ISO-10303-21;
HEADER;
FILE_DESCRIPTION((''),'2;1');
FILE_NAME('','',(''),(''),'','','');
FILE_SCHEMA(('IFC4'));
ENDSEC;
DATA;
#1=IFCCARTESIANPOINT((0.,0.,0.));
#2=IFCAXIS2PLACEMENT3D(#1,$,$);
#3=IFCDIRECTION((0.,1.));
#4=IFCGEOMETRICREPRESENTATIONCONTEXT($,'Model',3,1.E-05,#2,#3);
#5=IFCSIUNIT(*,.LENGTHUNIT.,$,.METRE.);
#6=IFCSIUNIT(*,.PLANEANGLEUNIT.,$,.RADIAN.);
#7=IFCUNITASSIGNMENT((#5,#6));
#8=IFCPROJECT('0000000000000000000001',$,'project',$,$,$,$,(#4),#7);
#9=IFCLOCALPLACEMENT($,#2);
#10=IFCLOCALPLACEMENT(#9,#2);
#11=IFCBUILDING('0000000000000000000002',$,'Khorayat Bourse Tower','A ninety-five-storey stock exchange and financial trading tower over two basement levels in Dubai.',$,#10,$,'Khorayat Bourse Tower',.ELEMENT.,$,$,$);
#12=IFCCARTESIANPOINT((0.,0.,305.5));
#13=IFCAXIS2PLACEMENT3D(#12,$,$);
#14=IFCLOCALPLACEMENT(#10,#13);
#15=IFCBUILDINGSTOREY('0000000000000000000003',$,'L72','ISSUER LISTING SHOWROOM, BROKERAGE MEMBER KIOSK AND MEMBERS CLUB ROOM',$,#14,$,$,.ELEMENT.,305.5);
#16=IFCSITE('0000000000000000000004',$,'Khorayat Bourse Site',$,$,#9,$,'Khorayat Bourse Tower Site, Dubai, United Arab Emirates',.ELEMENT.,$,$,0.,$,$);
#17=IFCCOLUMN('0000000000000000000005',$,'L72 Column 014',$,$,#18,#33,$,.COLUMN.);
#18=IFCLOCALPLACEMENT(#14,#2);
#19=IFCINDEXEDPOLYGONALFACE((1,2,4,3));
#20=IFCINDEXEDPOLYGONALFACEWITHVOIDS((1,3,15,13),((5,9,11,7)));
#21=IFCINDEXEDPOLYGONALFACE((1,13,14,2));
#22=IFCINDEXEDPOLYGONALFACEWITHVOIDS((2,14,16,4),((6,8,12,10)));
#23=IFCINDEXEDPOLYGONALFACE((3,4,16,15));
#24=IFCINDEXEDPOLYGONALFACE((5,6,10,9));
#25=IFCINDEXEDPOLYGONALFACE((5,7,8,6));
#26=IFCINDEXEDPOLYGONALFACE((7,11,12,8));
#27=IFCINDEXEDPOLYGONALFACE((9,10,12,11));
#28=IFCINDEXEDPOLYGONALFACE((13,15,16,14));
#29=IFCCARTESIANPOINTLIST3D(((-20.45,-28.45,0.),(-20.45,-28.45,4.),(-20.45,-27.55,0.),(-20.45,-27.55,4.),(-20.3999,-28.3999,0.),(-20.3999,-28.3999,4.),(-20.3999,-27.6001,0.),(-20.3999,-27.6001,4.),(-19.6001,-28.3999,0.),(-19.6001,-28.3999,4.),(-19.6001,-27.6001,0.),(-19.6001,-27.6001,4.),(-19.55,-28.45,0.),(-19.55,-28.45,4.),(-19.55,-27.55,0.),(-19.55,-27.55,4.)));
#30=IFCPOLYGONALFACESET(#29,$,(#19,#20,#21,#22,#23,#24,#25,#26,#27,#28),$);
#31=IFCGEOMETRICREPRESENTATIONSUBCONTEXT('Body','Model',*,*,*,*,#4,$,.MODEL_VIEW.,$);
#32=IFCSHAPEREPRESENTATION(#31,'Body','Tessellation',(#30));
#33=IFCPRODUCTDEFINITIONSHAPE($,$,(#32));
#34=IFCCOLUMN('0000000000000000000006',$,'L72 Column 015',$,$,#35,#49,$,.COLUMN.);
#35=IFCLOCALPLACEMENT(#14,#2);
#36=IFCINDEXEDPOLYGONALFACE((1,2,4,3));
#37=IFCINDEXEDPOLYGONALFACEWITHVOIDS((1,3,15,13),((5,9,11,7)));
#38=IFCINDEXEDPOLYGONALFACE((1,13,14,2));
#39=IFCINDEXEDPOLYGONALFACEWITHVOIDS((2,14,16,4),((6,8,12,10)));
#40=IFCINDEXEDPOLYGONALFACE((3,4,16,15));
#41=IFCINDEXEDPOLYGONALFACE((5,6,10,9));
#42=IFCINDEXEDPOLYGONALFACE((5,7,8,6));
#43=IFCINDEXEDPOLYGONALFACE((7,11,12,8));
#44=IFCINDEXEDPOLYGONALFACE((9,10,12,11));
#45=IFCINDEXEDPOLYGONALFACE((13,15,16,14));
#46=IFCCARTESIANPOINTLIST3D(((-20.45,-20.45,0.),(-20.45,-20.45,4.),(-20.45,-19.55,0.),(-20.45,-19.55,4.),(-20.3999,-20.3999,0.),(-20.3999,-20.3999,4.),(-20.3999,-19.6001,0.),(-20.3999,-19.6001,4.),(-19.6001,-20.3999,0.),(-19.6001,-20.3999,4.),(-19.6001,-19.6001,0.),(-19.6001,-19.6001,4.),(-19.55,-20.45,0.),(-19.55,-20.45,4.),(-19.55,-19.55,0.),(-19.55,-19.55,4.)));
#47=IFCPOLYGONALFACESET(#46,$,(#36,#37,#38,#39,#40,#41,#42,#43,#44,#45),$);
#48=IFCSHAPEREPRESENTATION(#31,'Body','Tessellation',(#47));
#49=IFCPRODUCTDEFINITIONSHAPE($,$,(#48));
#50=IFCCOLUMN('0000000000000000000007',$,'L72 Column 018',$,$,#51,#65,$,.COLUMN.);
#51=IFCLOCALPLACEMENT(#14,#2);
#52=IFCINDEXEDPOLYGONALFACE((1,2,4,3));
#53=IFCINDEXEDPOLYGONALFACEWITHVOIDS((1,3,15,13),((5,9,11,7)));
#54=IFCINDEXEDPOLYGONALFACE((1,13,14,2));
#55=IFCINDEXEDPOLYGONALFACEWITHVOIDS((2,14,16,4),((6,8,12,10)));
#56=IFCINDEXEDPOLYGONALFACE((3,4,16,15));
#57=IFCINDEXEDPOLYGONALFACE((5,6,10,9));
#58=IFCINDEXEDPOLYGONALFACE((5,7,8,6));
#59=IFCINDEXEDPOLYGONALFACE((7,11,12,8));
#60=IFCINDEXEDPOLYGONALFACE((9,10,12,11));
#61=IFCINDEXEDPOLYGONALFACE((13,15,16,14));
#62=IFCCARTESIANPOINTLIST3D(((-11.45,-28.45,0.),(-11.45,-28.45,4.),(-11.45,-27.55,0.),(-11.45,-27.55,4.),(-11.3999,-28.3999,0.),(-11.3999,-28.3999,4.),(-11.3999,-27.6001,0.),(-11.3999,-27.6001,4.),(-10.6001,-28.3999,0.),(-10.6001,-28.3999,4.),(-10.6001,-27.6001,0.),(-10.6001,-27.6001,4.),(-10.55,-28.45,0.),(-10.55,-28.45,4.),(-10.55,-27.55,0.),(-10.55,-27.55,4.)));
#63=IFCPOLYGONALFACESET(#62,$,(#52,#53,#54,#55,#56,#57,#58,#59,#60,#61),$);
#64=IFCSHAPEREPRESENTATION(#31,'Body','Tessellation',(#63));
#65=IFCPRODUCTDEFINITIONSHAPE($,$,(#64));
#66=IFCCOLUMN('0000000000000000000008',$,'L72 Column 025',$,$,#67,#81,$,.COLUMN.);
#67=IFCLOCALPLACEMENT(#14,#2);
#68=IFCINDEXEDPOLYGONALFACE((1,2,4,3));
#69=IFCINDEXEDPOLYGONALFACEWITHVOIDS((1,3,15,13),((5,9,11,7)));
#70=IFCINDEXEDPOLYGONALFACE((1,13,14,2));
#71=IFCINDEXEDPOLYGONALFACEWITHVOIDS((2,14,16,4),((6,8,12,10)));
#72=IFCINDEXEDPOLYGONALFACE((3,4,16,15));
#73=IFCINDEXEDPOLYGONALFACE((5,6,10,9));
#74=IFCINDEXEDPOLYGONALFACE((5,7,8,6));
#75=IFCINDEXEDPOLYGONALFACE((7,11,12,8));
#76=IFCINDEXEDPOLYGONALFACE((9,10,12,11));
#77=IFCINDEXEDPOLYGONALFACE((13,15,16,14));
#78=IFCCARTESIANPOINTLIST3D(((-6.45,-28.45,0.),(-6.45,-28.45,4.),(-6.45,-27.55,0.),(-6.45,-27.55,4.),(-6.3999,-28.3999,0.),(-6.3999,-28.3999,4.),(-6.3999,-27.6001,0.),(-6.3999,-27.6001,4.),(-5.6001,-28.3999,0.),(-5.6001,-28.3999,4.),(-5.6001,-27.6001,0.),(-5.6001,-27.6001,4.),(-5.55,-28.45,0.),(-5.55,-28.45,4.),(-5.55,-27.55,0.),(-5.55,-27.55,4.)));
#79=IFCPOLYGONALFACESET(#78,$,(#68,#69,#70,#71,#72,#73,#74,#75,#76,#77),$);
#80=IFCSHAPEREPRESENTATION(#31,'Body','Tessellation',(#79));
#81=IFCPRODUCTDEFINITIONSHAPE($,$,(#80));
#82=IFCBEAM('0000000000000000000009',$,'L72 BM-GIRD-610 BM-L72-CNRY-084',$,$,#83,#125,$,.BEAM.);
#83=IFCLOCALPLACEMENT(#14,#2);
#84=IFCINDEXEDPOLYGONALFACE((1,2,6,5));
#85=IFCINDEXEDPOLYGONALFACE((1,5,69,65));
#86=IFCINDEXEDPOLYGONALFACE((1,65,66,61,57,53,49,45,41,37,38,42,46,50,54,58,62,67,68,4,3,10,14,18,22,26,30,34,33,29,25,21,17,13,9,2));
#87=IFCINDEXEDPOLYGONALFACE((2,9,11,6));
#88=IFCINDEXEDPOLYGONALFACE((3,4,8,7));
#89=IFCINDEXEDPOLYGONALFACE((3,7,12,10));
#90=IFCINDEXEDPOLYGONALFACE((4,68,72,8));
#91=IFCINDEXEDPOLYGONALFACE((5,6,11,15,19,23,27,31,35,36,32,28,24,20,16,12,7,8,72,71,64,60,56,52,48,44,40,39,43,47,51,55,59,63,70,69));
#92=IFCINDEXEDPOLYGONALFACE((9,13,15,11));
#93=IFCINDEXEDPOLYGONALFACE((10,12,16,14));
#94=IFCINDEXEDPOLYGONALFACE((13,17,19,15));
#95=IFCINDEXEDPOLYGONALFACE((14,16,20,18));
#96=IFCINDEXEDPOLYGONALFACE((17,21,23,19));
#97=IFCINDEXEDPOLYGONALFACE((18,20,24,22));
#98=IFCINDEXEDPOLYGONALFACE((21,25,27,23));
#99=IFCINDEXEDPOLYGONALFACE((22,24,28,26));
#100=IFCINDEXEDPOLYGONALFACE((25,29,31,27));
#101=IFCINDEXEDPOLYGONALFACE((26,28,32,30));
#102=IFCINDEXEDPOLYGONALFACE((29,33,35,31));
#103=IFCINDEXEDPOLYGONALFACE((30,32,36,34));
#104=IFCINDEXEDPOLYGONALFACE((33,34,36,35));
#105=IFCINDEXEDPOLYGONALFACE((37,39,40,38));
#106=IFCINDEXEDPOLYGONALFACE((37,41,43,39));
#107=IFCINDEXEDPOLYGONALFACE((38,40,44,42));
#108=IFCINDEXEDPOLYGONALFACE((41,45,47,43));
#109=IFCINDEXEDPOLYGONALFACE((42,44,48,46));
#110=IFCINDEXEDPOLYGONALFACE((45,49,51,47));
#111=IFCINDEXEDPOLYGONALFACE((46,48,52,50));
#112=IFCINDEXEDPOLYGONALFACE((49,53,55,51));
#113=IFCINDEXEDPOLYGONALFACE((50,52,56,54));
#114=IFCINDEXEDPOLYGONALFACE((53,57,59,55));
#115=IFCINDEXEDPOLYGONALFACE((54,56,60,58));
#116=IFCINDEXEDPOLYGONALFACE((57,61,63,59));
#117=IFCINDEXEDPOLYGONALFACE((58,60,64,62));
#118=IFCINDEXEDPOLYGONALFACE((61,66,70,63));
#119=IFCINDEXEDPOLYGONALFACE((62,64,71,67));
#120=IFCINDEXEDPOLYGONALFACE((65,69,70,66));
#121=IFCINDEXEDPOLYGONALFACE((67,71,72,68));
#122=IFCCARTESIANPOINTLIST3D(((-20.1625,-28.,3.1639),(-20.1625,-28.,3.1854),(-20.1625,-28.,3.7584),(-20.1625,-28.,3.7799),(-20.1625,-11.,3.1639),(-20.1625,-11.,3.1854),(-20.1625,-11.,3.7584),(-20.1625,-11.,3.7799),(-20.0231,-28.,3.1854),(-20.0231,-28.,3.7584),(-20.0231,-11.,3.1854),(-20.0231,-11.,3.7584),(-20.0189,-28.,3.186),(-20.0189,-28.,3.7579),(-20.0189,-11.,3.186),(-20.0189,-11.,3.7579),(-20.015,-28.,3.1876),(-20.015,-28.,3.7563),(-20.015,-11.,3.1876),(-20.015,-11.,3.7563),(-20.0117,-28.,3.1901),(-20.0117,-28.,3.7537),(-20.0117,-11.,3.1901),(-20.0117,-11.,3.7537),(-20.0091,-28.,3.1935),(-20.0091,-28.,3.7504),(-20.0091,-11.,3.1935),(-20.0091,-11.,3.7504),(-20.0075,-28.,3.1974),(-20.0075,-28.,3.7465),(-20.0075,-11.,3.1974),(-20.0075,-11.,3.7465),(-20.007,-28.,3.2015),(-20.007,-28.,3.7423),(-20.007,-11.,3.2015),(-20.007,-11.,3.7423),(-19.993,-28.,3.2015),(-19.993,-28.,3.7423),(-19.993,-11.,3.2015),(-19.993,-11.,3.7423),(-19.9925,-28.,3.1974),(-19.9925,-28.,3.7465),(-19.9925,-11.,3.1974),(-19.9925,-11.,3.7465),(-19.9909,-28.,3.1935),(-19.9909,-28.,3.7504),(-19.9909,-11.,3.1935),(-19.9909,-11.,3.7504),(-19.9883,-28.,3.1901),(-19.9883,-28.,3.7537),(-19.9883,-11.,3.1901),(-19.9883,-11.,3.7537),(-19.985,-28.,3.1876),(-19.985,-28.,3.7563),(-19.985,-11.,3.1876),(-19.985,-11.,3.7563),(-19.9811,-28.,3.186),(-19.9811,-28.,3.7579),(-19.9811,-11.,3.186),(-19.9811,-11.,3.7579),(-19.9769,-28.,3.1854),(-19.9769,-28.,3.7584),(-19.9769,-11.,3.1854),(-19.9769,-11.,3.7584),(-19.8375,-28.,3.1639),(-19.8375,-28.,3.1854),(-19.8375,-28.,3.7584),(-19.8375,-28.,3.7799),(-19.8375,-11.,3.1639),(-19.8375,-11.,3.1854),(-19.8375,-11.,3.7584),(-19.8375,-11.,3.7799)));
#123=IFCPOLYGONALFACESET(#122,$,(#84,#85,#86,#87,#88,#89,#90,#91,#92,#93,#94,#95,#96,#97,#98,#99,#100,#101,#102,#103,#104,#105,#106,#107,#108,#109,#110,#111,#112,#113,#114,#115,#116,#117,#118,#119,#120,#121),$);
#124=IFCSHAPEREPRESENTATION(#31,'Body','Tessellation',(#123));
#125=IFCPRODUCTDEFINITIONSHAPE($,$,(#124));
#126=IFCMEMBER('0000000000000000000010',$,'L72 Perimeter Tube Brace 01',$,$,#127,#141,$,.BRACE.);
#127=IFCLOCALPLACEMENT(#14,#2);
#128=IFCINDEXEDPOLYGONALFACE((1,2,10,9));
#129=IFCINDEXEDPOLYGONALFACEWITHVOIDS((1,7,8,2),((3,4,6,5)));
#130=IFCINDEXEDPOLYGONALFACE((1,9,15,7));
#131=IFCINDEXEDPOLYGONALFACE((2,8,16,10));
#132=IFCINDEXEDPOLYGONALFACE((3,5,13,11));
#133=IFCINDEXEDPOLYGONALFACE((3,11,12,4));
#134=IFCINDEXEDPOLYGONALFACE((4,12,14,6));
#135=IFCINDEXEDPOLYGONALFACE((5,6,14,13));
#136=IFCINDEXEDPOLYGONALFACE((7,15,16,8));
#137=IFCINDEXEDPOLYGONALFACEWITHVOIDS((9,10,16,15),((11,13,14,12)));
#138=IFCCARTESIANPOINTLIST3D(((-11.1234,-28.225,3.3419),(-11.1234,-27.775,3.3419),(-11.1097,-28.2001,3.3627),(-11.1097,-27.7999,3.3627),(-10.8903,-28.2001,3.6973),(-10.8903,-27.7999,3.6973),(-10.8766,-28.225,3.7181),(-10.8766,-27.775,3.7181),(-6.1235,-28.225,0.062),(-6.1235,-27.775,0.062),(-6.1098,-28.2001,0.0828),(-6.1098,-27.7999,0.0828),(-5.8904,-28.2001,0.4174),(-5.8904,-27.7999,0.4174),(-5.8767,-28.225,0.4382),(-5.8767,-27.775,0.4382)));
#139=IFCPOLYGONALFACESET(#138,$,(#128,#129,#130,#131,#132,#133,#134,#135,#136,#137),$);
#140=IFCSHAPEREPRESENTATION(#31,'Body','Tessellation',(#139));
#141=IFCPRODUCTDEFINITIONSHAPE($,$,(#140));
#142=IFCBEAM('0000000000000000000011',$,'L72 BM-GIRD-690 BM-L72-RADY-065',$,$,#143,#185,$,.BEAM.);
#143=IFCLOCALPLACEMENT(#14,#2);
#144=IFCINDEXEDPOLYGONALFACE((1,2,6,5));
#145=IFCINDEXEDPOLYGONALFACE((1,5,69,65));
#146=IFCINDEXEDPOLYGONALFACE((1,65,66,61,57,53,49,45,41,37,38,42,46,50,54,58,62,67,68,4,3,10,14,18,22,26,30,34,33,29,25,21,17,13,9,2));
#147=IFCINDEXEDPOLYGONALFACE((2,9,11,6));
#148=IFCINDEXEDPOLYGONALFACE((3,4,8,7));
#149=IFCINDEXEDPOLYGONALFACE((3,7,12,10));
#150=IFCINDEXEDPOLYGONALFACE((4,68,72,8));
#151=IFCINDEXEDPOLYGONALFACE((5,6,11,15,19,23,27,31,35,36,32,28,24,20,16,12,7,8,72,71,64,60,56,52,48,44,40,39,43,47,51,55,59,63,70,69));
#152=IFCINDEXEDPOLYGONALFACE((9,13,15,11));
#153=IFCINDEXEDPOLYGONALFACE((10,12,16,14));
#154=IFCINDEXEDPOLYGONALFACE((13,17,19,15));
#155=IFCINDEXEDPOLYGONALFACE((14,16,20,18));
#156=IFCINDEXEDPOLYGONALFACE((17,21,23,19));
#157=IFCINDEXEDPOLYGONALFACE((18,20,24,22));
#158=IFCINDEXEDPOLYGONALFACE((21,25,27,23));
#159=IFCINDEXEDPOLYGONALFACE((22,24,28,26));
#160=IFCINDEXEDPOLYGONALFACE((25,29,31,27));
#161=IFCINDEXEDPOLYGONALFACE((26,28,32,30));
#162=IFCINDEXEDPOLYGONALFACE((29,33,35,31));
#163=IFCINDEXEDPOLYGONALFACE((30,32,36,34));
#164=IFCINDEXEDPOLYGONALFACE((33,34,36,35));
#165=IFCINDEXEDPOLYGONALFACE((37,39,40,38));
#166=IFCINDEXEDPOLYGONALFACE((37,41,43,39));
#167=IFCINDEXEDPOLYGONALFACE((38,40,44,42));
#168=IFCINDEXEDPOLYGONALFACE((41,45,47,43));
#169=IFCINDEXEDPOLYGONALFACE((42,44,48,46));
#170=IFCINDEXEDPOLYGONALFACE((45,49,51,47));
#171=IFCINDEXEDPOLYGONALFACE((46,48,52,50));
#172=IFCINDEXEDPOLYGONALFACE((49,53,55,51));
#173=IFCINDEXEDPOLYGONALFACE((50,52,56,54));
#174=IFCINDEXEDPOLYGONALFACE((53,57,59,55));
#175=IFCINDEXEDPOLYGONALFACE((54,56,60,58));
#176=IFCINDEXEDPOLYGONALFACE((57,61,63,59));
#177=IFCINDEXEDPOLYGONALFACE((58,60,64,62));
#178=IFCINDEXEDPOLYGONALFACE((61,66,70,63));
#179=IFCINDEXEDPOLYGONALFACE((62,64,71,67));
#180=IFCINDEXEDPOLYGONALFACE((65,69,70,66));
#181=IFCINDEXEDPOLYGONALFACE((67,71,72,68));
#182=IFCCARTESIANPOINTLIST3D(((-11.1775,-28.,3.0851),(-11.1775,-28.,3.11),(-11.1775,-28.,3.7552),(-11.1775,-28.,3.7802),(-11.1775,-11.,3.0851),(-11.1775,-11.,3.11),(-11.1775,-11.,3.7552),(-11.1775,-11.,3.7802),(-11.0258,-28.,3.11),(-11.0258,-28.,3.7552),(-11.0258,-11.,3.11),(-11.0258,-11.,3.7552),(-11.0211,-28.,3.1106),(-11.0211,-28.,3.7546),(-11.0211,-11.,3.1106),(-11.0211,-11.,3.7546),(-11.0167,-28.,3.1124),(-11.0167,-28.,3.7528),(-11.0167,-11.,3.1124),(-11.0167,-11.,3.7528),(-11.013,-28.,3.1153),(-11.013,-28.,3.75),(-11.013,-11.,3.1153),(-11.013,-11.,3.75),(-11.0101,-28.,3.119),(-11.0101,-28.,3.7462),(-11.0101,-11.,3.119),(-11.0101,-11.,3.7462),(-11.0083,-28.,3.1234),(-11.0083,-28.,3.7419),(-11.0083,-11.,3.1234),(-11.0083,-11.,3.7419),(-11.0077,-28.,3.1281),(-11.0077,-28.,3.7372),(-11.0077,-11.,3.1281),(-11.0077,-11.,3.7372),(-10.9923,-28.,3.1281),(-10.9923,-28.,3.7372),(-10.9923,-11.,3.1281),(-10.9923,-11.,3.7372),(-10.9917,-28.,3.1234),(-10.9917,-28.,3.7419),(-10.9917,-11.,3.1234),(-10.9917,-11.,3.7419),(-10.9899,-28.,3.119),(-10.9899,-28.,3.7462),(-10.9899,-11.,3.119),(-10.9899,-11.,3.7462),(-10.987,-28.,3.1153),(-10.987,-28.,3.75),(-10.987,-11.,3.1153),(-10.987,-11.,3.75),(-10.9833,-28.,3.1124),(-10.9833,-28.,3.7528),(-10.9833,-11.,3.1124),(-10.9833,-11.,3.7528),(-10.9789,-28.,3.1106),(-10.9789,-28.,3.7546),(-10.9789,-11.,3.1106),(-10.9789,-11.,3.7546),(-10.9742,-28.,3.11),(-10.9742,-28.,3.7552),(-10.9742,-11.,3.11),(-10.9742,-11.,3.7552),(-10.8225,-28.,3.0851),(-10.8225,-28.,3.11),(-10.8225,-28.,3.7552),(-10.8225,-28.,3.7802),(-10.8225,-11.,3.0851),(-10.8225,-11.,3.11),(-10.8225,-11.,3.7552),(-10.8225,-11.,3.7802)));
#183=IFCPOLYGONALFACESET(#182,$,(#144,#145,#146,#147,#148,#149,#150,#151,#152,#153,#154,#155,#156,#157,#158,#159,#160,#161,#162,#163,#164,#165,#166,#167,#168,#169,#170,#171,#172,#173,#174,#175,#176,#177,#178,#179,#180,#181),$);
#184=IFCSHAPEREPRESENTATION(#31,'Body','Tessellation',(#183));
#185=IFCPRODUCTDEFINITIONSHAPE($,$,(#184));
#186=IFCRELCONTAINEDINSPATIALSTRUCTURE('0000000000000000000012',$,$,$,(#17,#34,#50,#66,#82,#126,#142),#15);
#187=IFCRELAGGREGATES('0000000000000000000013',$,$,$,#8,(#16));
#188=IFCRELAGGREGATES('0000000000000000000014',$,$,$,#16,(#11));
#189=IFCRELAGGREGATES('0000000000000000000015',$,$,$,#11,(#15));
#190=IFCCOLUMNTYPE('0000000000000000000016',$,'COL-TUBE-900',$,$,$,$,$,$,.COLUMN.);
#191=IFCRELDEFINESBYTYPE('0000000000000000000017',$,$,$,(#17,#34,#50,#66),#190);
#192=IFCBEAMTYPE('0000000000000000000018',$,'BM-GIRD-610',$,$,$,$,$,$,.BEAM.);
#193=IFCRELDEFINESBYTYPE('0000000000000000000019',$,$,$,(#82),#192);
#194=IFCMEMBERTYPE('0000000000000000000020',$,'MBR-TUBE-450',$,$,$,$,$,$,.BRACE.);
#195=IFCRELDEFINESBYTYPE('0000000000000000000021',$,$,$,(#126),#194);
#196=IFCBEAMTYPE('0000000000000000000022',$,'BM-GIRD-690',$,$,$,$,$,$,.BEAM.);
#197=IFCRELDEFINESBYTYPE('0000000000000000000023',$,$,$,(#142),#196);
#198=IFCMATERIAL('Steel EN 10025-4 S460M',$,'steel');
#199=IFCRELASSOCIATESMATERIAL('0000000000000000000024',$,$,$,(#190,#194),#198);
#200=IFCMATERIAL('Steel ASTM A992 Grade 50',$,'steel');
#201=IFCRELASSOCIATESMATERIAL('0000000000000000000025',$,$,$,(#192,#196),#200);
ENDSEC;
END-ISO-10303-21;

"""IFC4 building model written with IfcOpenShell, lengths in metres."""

from ifc_helpers import new_model, si_unit, direction, frame, origin, origin_2d, place, context, subcontext, project, spatial, hollow_rectangle, i_section, extrude, source, transform, mapped, material, material_profile, profile_set, type_object, element, save


model = new_model("IFC4")

# Units and contexts
model_context = context("Model", 3, precision=1e-05, world=origin(), true_north=direction((0.0, 1.0)))
body_context = subcontext(model_context, "Body", "Model", "MODEL_VIEW")
ifc_project = project(units=[si_unit("LENGTHUNIT", "METRE"), si_unit("PLANEANGLEUNIT", "RADIAN")], contexts=[model_context])

# Site, building, storey
site_placement = place(None, origin())
site = spatial("IfcSite", under=ifc_project, at=site_placement, Name="Khorayat Bourse Site", LongName="Khorayat Bourse Tower Site, Dubai, United Arab Emirates", CompositionType="ELEMENT", RefElevation=0.0)
building_placement = place(site_placement, origin())
building = spatial("IfcBuilding", under=site, at=building_placement, Name="Khorayat Bourse Tower", Description="A ninety-five-storey stock exchange and financial trading tower over two basement levels in Dubai.", LongName="Khorayat Bourse Tower", CompositionType="ELEMENT")
storey_placement = place(building_placement, frame((0.0, 0.0, 305.5)))
storey = spatial("IfcBuildingStorey", under=building, at=storey_placement, Name="L72", Description="ISSUER LISTING SHOWROOM, BROKERAGE MEMBER KIOSK AND MEMBERS CLUB ROOM", CompositionType="ELEMENT", Elevation=305.5)

# Columns
ifc_material_1 = material(Name="Steel EN 10025-4 S460M", Category="steel")
ifc_material_profile_1 = material_profile(ifc_material_1, hollow_rectangle(XDim=0.8999, YDim=0.8999, WallThickness=0.05, at=origin_2d()), Name="BOX 900x900x50")
ifc_profile_set_1 = profile_set([ifc_material_profile_1], Name="Steel EN 10025-4 S460M")
column_type = type_object("IfcColumnType", Name="COL-TUBE-900", PredefinedType="COLUMN", material=ifc_profile_set_1)
shared_shape_1 = source(origin(), body_context, "Body", "SweptSolid", [
    extrude(hollow_rectangle(XDim=0.8999, YDim=0.8999, WallThickness=0.05, at=origin_2d()), origin(), (0.0, 0.0, 1.0), 4.0),
])
for number, where, z_axis, x_axis, name in (
    (1, (-20.0, -28.0, 0.0), (0.0, 0.0, 1.0), (1.0, 0.0, 0.0), "L72 Column 014"),
    (2, (-20.0, -20.0, 0.0), (0.0, 0.0, 1.0), (1.0, 0.0, 0.0), "L72 Column 015"),
    (3, (-11.0, -28.0, 0.0), (0.0, 0.0, 1.0), (1.0, 0.0, 0.0), "L72 Column 018"),
    (4, (-6.0, -28.0, 0.0), (0.0, 0.0, 1.0), (1.0, 0.0, 0.0), "L72 Column 025"),
):
    element("IfcColumn", number, at=place(storey_placement, frame(where, z_axis=z_axis, x_axis=x_axis)), inside=storey, type_object=column_type, Name=name, PredefinedType="COLUMN", context=body_context, shape_type="MappedRepresentation", body=[
        mapped(shared_shape_1, transform((0.0, 0.0, 0.0), scale=1.0)),
    ])

# Beam
ifc_material_2 = material(Name="Steel ASTM A992 Grade 50", Category="steel")
ifc_material_profile_2 = material_profile(ifc_material_2, i_section(OverallWidth=0.325, OverallDepth=0.616, WebThickness=0.0139, FlangeThickness=0.0215, FilletRadius=0.0161, at=origin_2d()), Name="W610X174")
ifc_profile_set_2 = profile_set([ifc_material_profile_2], Name="Steel ASTM A992 Grade 50")
beam_type_1 = type_object("IfcBeamType", Name="BM-GIRD-610", PredefinedType="BEAM", material=ifc_profile_set_2)
shared_shape_2 = source(origin(), body_context, "Body", "SweptSolid", [
    extrude(i_section(OverallWidth=0.325, OverallDepth=0.616, WebThickness=0.0139, FlangeThickness=0.0215, FilletRadius=0.0161, at=origin_2d()), origin(), (0.0, 0.0, 1.0), 17.0),
])
beam_1_placement = place(storey_placement, frame((-20.0, -28.0, 3.4719), z_axis=(0.0, 1.0, 0.0), x_axis=(-1.0, 0.0, 0.0)))
element("IfcBeam", 5, at=beam_1_placement, inside=storey, type_object=beam_type_1, Name="L72 BM-GIRD-610 BM-L72-CNRY-084", PredefinedType="BEAM", context=body_context, shape_type="MappedRepresentation", body=[
    mapped(shared_shape_2, transform((0.0, 0.0, 0.0), scale=1.0)),
])

# Member
ifc_material_profile_3 = material_profile(ifc_material_1, hollow_rectangle(XDim=0.45, YDim=0.45, WallThickness=0.0249, at=origin_2d()), Name="HSS 450x450x25")
ifc_profile_set_3 = profile_set([ifc_material_profile_3], Name="Steel EN 10025-4 S460M")
member_type_1 = type_object("IfcMemberType", Name="MBR-TUBE-450", PredefinedType="BRACE", material=ifc_profile_set_3)
shared_shape_3 = source(origin(), body_context, "Body", "SweptSolid", [
    extrude(hollow_rectangle(XDim=0.45, YDim=0.45, WallThickness=0.0249, at=origin_2d()), origin(), (0.0, 0.0, 1.0), 5.9797),
])
member_1_placement = place(storey_placement, frame((-11.0, -28.0, 3.53), z_axis=(0.836142, 0.0, -0.548514), x_axis=(0.0, 1.0, 0.0)))
element("IfcMember", 6, at=member_1_placement, inside=storey, type_object=member_type_1, Name="L72 Perimeter Tube Brace 01", PredefinedType="BRACE", context=body_context, shape_type="MappedRepresentation", body=[
    mapped(shared_shape_3, transform((0.0, 0.0, 0.0), scale=1.0)),
])

# Beam
ifc_material_profile_4 = material_profile(ifc_material_2, i_section(OverallWidth=0.355, OverallDepth=0.6951, WebThickness=0.0154, FlangeThickness=0.0249, FilletRadius=0.0181, at=origin_2d()), Name="W690X217")
ifc_profile_set_4 = profile_set([ifc_material_profile_4], Name="Steel ASTM A992 Grade 50")
beam_type_2 = type_object("IfcBeamType", Name="BM-GIRD-690", PredefinedType="BEAM", material=ifc_profile_set_4)
shared_shape_4 = source(origin(), body_context, "Body", "SweptSolid", [
    extrude(i_section(OverallWidth=0.355, OverallDepth=0.6951, WebThickness=0.0154, FlangeThickness=0.0249, FilletRadius=0.0181, at=origin_2d()), origin(), (0.0, 0.0, 1.0), 17.0),
])
for number, where, z_axis, x_axis, name in (
    (7, (-11.0, -28.0, 3.4326), (0.0, 1.0, 0.0), (-1.0, 0.0, 0.0), "L72 BM-GIRD-690 BM-L72-RADY-065"),
):
    element("IfcBeam", number, at=place(storey_placement, frame(where, z_axis=z_axis, x_axis=x_axis)), inside=storey, type_object=beam_type_2, Name=name, PredefinedType="BEAM", context=body_context, shape_type="MappedRepresentation", body=[
        mapped(shared_shape_4, transform((0.0, 0.0, 0.0), scale=1.0)),
    ])

save(model, "model.ifc")
